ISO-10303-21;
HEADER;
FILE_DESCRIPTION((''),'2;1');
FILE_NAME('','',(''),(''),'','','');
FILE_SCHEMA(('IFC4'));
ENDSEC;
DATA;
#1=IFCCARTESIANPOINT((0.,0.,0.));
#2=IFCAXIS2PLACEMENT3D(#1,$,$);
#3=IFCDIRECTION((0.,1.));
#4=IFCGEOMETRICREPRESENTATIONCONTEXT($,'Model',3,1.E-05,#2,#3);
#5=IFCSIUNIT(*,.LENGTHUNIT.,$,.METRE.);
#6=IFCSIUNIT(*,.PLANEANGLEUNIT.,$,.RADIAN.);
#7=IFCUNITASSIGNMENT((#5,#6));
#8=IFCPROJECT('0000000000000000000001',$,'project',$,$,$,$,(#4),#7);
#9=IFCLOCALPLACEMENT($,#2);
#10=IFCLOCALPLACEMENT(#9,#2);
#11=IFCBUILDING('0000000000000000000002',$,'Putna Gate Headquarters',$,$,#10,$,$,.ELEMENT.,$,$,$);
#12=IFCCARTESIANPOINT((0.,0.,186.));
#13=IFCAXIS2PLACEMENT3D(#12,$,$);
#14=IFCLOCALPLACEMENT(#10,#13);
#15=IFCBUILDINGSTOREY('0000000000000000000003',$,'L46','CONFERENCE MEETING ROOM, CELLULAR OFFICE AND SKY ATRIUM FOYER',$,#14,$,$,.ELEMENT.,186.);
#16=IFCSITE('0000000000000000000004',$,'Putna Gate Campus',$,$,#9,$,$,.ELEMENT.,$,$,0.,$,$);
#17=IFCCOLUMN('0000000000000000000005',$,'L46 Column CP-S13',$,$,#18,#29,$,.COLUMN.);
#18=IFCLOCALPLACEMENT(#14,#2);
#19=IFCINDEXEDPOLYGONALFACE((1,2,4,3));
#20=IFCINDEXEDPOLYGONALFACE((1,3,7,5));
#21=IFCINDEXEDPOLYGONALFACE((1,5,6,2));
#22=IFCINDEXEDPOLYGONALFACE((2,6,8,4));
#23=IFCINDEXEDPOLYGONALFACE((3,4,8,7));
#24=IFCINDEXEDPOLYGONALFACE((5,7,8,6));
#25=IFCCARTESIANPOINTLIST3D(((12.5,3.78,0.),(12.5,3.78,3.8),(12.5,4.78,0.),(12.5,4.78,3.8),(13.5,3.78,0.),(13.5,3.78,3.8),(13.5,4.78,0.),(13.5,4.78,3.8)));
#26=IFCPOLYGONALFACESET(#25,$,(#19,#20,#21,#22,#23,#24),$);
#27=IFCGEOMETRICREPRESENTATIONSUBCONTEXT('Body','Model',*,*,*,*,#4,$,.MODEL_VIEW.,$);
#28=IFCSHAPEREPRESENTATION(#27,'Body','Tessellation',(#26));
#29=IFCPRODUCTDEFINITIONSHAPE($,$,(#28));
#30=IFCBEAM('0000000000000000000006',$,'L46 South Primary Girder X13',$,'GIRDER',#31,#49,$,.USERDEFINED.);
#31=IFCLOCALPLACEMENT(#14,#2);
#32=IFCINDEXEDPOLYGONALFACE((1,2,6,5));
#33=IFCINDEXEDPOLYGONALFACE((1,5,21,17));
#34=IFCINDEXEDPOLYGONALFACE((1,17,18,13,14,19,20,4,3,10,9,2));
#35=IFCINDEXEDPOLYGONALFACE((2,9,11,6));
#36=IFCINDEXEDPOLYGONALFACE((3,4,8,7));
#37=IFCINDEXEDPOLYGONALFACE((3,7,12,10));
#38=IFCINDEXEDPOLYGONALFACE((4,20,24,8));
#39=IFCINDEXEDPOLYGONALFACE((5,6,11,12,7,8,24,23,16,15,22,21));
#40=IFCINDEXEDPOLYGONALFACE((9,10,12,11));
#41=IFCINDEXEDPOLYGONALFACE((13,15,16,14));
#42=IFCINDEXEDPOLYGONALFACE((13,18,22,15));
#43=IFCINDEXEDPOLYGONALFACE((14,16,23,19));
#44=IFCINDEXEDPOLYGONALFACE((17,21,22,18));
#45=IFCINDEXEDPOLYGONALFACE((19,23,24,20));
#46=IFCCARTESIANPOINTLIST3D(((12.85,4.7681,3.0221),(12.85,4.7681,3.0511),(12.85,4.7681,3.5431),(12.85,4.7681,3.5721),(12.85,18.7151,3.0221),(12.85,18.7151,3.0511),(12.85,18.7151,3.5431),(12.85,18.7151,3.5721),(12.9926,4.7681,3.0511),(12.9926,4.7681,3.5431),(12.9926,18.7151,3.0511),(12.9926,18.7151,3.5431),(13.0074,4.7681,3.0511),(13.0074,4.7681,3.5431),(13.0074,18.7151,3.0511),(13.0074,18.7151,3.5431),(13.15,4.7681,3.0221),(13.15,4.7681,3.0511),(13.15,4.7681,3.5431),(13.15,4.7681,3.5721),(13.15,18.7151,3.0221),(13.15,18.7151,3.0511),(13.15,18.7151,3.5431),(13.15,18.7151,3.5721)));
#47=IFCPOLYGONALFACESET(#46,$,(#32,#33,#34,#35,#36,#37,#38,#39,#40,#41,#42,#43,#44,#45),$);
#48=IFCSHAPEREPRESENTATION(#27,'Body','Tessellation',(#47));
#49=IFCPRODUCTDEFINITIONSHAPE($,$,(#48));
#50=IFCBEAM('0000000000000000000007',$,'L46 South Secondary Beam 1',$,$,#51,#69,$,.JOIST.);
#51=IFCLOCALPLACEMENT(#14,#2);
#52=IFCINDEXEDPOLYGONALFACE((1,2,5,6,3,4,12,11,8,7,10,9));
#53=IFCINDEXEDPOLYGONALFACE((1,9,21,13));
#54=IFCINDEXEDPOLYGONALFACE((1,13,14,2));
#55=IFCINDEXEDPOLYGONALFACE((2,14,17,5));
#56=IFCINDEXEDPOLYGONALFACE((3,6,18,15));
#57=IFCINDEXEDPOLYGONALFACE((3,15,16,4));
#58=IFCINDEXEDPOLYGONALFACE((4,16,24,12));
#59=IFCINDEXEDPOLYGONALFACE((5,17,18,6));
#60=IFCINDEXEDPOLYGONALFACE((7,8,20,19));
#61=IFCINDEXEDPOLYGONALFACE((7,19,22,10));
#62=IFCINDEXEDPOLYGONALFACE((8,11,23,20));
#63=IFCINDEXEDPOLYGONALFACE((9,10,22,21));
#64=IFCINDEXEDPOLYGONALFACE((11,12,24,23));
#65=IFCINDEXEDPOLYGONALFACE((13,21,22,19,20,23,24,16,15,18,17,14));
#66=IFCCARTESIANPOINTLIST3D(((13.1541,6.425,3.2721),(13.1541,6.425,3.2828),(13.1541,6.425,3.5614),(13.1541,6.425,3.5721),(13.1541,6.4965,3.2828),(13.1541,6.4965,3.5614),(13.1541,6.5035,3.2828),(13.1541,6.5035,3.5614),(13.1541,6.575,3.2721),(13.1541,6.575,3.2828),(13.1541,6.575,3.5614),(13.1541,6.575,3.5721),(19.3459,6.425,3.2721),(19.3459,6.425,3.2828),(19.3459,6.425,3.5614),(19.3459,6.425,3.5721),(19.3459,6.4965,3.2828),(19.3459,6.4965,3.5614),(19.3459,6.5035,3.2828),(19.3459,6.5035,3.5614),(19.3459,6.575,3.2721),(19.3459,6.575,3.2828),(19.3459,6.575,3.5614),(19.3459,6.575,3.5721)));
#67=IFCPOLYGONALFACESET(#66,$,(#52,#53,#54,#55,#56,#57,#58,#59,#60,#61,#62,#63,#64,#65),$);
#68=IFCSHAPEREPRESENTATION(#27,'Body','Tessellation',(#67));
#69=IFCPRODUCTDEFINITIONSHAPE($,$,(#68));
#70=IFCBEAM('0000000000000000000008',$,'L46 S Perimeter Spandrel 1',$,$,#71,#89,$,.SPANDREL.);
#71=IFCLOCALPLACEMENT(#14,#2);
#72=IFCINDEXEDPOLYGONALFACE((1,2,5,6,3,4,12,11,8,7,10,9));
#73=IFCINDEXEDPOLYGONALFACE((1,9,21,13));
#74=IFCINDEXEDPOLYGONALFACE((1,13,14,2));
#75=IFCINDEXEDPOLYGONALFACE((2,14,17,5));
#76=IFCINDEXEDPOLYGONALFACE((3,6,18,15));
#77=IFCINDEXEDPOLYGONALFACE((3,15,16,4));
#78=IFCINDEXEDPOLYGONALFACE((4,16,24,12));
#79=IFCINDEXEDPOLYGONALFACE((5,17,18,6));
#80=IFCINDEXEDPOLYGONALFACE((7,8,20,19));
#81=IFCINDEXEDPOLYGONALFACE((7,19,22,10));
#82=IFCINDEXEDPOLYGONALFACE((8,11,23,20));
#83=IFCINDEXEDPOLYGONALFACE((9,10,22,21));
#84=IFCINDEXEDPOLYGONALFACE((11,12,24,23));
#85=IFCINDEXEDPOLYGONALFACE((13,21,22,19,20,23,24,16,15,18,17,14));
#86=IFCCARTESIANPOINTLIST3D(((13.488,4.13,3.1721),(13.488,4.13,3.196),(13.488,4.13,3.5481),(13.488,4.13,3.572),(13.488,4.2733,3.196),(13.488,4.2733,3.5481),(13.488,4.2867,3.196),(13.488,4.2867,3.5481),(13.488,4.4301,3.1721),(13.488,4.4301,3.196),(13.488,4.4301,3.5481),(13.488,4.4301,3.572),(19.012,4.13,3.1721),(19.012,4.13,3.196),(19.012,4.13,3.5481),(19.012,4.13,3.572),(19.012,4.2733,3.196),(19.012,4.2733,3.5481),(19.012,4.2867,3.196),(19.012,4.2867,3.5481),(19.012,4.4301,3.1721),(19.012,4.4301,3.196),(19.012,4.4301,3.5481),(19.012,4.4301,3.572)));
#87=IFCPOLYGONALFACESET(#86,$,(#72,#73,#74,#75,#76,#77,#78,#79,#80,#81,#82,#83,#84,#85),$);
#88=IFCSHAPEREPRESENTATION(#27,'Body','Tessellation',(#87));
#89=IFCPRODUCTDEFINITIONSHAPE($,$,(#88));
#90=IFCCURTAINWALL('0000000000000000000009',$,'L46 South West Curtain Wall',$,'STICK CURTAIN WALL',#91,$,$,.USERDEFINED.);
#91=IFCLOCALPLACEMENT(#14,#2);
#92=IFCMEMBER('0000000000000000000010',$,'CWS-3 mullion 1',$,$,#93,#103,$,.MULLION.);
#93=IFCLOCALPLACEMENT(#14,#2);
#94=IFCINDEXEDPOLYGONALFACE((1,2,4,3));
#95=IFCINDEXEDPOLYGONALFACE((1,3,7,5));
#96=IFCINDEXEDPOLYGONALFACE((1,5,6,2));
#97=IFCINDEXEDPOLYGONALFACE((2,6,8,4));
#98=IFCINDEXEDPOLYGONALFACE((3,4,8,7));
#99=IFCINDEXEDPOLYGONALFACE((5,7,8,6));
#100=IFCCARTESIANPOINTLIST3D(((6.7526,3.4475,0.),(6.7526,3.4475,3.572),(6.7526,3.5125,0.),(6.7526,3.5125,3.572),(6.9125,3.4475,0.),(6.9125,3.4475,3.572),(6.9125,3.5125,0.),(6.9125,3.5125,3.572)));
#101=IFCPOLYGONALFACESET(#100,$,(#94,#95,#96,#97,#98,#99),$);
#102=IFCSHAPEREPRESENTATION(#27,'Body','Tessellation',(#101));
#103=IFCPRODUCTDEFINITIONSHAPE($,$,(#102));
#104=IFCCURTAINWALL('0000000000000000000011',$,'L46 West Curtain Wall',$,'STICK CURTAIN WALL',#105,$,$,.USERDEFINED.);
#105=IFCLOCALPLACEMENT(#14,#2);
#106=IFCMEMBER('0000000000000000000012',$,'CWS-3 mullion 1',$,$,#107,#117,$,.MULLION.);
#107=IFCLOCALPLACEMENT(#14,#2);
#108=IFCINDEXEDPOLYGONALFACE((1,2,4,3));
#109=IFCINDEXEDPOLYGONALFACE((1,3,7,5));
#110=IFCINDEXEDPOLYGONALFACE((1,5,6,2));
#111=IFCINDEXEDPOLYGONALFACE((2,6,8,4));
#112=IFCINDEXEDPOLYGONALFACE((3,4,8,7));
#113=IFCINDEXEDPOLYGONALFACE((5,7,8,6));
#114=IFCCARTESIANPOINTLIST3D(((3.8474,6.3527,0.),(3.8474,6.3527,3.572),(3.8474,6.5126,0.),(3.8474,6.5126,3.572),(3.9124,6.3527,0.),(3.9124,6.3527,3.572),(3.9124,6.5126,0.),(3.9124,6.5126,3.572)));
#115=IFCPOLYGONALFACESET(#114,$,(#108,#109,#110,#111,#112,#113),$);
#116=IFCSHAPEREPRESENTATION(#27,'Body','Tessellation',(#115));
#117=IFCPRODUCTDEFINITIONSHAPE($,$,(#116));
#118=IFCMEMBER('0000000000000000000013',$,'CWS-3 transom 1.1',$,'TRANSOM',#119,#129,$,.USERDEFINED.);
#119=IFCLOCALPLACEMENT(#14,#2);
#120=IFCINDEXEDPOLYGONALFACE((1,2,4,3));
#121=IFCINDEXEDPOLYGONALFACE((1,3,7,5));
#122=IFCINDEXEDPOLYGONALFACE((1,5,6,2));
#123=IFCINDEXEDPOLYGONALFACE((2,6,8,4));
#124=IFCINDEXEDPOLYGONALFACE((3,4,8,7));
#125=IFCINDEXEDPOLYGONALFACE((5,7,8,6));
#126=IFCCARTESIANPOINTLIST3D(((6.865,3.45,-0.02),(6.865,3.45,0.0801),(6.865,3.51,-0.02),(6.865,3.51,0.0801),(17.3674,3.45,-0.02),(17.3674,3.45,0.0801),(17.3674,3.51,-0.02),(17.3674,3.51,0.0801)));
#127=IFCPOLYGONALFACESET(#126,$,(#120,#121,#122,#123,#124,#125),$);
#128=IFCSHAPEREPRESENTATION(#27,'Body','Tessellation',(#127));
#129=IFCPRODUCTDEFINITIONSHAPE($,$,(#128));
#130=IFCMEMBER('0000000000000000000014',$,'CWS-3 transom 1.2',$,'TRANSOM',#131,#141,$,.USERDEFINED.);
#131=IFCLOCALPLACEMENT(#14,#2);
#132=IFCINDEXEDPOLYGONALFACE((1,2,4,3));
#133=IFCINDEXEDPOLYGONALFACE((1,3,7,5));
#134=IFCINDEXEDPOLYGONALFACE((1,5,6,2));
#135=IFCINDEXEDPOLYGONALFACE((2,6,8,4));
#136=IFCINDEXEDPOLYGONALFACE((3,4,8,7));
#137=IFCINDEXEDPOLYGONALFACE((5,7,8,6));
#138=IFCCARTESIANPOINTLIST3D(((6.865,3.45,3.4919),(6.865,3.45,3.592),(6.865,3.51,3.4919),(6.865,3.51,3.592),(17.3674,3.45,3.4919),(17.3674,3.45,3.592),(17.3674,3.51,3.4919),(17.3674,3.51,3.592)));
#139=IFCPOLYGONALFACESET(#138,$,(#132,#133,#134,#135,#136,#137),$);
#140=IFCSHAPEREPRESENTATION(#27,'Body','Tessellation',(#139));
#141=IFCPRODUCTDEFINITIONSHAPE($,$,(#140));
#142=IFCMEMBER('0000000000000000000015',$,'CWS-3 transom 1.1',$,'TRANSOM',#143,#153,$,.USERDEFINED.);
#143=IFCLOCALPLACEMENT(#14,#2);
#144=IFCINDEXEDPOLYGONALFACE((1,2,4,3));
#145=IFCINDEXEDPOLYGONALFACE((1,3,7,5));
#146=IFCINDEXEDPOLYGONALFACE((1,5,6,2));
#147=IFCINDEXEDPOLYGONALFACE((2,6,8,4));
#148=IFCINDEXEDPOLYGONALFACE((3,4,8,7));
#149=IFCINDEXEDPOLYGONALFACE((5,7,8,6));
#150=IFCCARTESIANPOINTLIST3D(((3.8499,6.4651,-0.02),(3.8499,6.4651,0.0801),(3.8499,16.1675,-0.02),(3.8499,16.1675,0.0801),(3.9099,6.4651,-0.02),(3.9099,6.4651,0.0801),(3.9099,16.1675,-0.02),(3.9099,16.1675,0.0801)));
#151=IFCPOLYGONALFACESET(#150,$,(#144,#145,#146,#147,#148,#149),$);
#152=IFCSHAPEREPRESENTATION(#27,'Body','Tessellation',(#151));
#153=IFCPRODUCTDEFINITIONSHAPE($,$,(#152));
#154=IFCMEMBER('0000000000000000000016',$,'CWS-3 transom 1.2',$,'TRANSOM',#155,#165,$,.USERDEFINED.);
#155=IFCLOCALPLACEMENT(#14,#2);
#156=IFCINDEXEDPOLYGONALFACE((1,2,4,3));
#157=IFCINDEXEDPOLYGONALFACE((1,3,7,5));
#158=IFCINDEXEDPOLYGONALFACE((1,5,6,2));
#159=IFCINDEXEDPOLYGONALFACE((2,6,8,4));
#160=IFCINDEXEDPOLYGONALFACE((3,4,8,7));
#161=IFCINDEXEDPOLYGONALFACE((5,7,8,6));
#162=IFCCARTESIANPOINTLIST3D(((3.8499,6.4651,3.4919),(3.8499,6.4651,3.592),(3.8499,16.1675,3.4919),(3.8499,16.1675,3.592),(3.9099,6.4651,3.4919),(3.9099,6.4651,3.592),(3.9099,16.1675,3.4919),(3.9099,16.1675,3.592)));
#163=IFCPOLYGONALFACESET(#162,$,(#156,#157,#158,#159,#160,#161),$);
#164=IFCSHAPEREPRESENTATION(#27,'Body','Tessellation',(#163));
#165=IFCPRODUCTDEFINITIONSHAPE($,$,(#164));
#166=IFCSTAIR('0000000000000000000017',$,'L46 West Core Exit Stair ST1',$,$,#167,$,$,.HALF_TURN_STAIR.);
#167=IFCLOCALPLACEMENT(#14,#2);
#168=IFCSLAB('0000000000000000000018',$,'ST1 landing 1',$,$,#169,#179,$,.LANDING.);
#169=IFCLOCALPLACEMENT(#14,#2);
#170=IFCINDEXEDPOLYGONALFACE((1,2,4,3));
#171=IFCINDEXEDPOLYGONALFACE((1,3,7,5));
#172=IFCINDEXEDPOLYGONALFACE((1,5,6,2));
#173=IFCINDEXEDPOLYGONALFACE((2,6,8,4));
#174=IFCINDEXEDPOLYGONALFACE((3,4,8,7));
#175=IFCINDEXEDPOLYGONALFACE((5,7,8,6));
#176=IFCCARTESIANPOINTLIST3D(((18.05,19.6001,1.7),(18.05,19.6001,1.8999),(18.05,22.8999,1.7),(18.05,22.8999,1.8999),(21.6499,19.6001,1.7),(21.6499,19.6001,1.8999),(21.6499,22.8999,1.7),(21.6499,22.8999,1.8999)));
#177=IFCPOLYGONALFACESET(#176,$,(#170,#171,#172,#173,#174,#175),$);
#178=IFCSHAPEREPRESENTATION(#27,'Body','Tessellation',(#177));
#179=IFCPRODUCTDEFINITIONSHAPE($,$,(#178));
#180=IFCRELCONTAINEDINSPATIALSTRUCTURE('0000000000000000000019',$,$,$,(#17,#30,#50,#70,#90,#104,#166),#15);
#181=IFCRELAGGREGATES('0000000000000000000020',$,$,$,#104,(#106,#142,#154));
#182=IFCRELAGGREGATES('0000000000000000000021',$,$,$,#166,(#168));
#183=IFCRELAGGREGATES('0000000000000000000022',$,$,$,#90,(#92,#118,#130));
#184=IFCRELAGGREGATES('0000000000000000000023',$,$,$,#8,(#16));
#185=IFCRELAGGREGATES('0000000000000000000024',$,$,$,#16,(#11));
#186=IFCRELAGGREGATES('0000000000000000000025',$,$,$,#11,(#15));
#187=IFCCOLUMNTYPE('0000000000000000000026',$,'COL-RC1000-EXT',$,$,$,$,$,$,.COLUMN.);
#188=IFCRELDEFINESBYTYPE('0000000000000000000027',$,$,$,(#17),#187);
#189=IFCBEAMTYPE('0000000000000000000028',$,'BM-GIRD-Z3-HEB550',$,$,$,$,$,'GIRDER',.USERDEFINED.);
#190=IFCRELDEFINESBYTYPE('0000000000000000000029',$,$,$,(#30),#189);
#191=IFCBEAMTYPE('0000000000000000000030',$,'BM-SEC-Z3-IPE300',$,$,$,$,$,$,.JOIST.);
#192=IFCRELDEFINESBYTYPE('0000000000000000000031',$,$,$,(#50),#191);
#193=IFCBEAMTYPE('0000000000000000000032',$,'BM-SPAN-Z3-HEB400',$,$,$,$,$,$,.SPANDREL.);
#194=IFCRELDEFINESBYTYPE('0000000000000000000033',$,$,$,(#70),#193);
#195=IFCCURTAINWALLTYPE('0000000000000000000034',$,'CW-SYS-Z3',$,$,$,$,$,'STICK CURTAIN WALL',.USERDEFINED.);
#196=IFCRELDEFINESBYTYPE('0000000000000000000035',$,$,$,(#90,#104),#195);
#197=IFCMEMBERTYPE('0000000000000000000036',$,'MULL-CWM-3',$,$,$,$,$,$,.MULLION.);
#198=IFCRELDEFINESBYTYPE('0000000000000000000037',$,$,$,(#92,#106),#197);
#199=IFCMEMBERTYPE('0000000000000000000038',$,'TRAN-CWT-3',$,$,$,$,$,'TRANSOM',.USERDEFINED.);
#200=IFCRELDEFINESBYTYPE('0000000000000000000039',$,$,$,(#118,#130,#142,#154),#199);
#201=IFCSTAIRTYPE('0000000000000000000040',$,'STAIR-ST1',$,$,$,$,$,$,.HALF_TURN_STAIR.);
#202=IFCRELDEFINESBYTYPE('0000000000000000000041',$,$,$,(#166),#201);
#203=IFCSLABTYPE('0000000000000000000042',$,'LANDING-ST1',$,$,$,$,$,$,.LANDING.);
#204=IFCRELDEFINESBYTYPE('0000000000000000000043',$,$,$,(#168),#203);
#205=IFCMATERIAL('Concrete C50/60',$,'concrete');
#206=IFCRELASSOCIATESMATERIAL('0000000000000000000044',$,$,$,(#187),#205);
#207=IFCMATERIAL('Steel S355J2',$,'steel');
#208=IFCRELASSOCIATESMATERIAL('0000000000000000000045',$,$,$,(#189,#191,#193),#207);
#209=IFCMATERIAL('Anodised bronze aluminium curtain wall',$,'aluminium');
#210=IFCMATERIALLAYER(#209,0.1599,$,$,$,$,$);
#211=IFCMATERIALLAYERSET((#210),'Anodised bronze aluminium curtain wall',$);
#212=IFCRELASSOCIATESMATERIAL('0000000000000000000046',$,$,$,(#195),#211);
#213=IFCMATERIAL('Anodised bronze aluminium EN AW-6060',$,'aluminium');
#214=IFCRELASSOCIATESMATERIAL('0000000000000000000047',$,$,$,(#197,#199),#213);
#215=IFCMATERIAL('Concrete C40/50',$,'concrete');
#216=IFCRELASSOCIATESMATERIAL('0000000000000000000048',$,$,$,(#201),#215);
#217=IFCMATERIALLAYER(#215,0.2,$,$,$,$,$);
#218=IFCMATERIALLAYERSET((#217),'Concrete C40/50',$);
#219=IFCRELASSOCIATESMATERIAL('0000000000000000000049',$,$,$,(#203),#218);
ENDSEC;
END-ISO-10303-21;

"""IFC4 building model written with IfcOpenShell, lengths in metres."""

from ifc_helpers import new_model, si_unit, direction, frame, origin, origin_2d, place, context, subcontext, project, spatial, polyline, rectangle, i_section, outline, extrude, material, layer, layer_set, material_profile, profile_set, type_object, element, aggregate, save


model = new_model("IFC4")

# Units and contexts
model_context = context("Model", 3, precision=1e-05, world=origin(), true_north=direction((0.0, 1.0)))
body_context = subcontext(model_context, "Body", "Model", "MODEL_VIEW")
ifc_project = project(units=[si_unit("LENGTHUNIT", "METRE"), si_unit("PLANEANGLEUNIT", "RADIAN")], contexts=[model_context])

# Site, building, storey
site_placement = place(None, origin())
site = spatial("IfcSite", under=ifc_project, at=site_placement, Name="Putna Gate Campus", CompositionType="ELEMENT", RefElevation=0.0)
building_placement = place(site_placement, origin())
building = spatial("IfcBuilding", under=site, at=building_placement, Name="Putna Gate Headquarters", CompositionType="ELEMENT")
storey_placement = place(building_placement, frame((0.0, 0.0, 186.0)))
storey = spatial("IfcBuildingStorey", under=building, at=storey_placement, Name="L46", Description="CONFERENCE MEETING ROOM, CELLULAR OFFICE AND SKY ATRIUM FOYER", CompositionType="ELEMENT", Elevation=186.0)

# Column
ifc_material_1 = material(Name="Concrete C50/60", Category="concrete")
ifc_material_profile_1 = material_profile(ifc_material_1, rectangle(XDim=1.0, YDim=1.0, at=origin_2d()), Name="Concrete C50/60")
ifc_profile_set_1 = profile_set([ifc_material_profile_1], Name="Concrete C50/60")
column_type = type_object("IfcColumnType", Name="COL-RC1000-EXT", PredefinedType="COLUMN", material=ifc_profile_set_1)
column_placement = place(storey_placement, frame((13.0, 4.28, 0.0), z_axis=(0.0, 0.0, 1.0), x_axis=(1.0, 0.0, 0.0)))
element("IfcColumn", 1, at=column_placement, inside=storey, type_object=column_type, Name="L46 Column CP-S13", PredefinedType="COLUMN", context=body_context, shape_type="SweptSolid", body=[
    extrude(rectangle(XDim=1.0, YDim=1.0, at=origin_2d()), origin(), (0.0, 0.0, 1.0), 3.8),
])

# Beams
ifc_material_2 = material(Name="Steel S355J2", Category="steel")
ifc_material_profile_2 = material_profile(ifc_material_2, i_section(OverallWidth=0.3, OverallDepth=0.55, WebThickness=0.0149, FlangeThickness=0.0291, at=origin_2d()), Name="Steel S355J2")
ifc_profile_set_2 = profile_set([ifc_material_profile_2], Name="Steel S355J2")
beam_type_1 = type_object("IfcBeamType", Name="BM-GIRD-Z3-HEB550", ElementType="GIRDER", PredefinedType="USERDEFINED", material=ifc_profile_set_2)
beam_1_placement = place(storey_placement, frame((13.0, 4.7681, 3.2971), z_axis=(0.0, 1.0, 0.0), x_axis=(-1.0, 0.0, 0.0)))
element("IfcBeam", 2, at=beam_1_placement, inside=storey, type_object=beam_type_1, Name="L46 South Primary Girder X13", ObjectType="GIRDER", PredefinedType="USERDEFINED", context=body_context, shape_type="SweptSolid", body=[
    extrude(i_section(OverallWidth=0.3, OverallDepth=0.55, WebThickness=0.0149, FlangeThickness=0.0291, at=origin_2d()), origin(), (0.0, 0.0, 1.0), 13.947),
])
ifc_material_profile_3 = material_profile(ifc_material_2, i_section(OverallWidth=0.1499, OverallDepth=0.3, WebThickness=0.0071, FlangeThickness=0.0107, at=origin_2d()), Name="Steel S355J2")
ifc_profile_set_3 = profile_set([ifc_material_profile_3], Name="Steel S355J2")
beam_type_2 = type_object("IfcBeamType", Name="BM-SEC-Z3-IPE300", PredefinedType="JOIST", material=ifc_profile_set_3)
beam_2_placement = place(storey_placement, frame((13.1541, 6.5, 3.4221), z_axis=(1.0, 0.0, 0.0), x_axis=(0.0, 1.0, 0.0)))
element("IfcBeam", 3, at=beam_2_placement, inside=storey, type_object=beam_type_2, Name="L46 South Secondary Beam 1", PredefinedType="JOIST", context=body_context, shape_type="SweptSolid", body=[
    extrude(i_section(OverallWidth=0.1499, OverallDepth=0.3, WebThickness=0.0071, FlangeThickness=0.0107, at=origin_2d()), origin(), (0.0, 0.0, 1.0), 6.1919),
])
ifc_material_profile_4 = material_profile(ifc_material_2, i_section(OverallWidth=0.3, OverallDepth=0.3999, WebThickness=0.0134, FlangeThickness=0.0239, at=origin_2d()), Name="Steel S355J2")
ifc_profile_set_4 = profile_set([ifc_material_profile_4], Name="Steel S355J2")
beam_type_3 = type_object("IfcBeamType", Name="BM-SPAN-Z3-HEB400", PredefinedType="SPANDREL", material=ifc_profile_set_4)
beam_3_placement = place(storey_placement, frame((13.488, 4.28, 3.3721), z_axis=(1.0, 0.0, 0.0), x_axis=(0.0, 1.0, 0.0)))
element("IfcBeam", 4, at=beam_3_placement, inside=storey, type_object=beam_type_3, Name="L46 S Perimeter Spandrel 1", PredefinedType="SPANDREL", context=body_context, shape_type="SweptSolid", body=[
    extrude(i_section(OverallWidth=0.3, OverallDepth=0.3999, WebThickness=0.0134, FlangeThickness=0.0239, at=origin_2d()), origin(), (0.0, 0.0, 1.0), 5.5239),
])

# Curtain walls, members
ifc_material_3 = material(Name="Anodised bronze aluminium curtain wall", Category="aluminium")
ifc_layer_1 = layer(ifc_material_3, 0.1599)
ifc_layer_set_1 = layer_set([ifc_layer_1], Name="Anodised bronze aluminium curtain wall")
curtain_wall_type = type_object("IfcCurtainWallType", Name="CW-SYS-Z3", ElementType="STICK CURTAIN WALL", PredefinedType="USERDEFINED", material=ifc_layer_set_1)
curtain_wall_1_placement = place(storey_placement, origin())
curtain_wall_1 = element("IfcCurtainWall", 5, at=curtain_wall_1_placement, inside=storey, type_object=curtain_wall_type, Name="L46 South West Curtain Wall", ObjectType="STICK CURTAIN WALL", PredefinedType="USERDEFINED")
ifc_material_4 = material(Name="Anodised bronze aluminium EN AW-6060", Category="aluminium")
ifc_material_profile_5 = material_profile(ifc_material_4, rectangle(XDim=0.0649, YDim=0.1599, at=origin_2d()), Name="Anodised bronze aluminium EN AW-6060")
ifc_profile_set_5 = profile_set([ifc_material_profile_5], Name="Anodised bronze aluminium EN AW-6060")
member_type_1 = type_object("IfcMemberType", Name="MULL-CWM-3", PredefinedType="MULLION", material=ifc_profile_set_5)
member_1_placement = place(storey_placement, frame((6.8325, 3.48, 0.0), z_axis=(0.0, 0.0, 1.0), x_axis=(0.0, 1.0, 0.0)))
member_1 = element("IfcMember", 6, at=member_1_placement, type_object=member_type_1, Name="CWS-3 mullion 1", PredefinedType="MULLION", context=body_context, shape_type="SweptSolid", body=[
    extrude(rectangle(XDim=0.0649, YDim=0.1599, at=origin_2d()), origin(), (0.0, 0.0, 1.0), 3.572),
])
curtain_wall_2_placement = place(storey_placement, origin())
curtain_wall_2 = element("IfcCurtainWall", 7, at=curtain_wall_2_placement, inside=storey, type_object=curtain_wall_type, Name="L46 West Curtain Wall", ObjectType="STICK CURTAIN WALL", PredefinedType="USERDEFINED")
member_2_placement = place(storey_placement, frame((3.8799, 6.4326, 0.0), z_axis=(0.0, 0.0, 1.0), x_axis=(-1.0, 0.0, 0.0)))
member_2 = element("IfcMember", 8, at=member_2_placement, type_object=member_type_1, Name="CWS-3 mullion 1", PredefinedType="MULLION", context=body_context, shape_type="SweptSolid", body=[
    extrude(rectangle(XDim=0.0649, YDim=0.1599, at=origin_2d()), origin(), (0.0, 0.0, 1.0), 3.572),
])

# Members
ifc_material_profile_6 = material_profile(ifc_material_4, rectangle(XDim=0.0601, YDim=0.1001, at=origin_2d()), Name="Anodised bronze aluminium EN AW-6060")
ifc_profile_set_6 = profile_set([ifc_material_profile_6], Name="Anodised bronze aluminium EN AW-6060")
member_type_2 = type_object("IfcMemberType", Name="TRAN-CWT-3", ElementType="TRANSOM", PredefinedType="USERDEFINED", material=ifc_profile_set_6)
member_3_placement = place(storey_placement, frame((6.865, 3.48, 0.03), z_axis=(1.0, 0.0, 0.0), x_axis=(0.0, 1.0, 0.0)))
member_3 = element("IfcMember", 9, at=member_3_placement, type_object=member_type_2, Name="CWS-3 transom 1.1", ObjectType="TRANSOM", PredefinedType="USERDEFINED", context=body_context, shape_type="SweptSolid", body=[
    extrude(rectangle(XDim=0.0601, YDim=0.1001, at=origin_2d()), origin(), (0.0, 0.0, 1.0), 10.5024),
])
member_4_placement = place(storey_placement, frame((6.865, 3.48, 3.542), z_axis=(1.0, 0.0, 0.0), x_axis=(0.0, 1.0, 0.0)))
member_4 = element("IfcMember", 10, at=member_4_placement, type_object=member_type_2, Name="CWS-3 transom 1.2", ObjectType="TRANSOM", PredefinedType="USERDEFINED", context=body_context, shape_type="SweptSolid", body=[
    extrude(rectangle(XDim=0.0601, YDim=0.1001, at=origin_2d()), origin(), (0.0, 0.0, 1.0), 10.5024),
])
member_5_placement = place(storey_placement, frame((3.8799, 6.4651, 0.03), z_axis=(0.0, 1.0, 0.0), x_axis=(-1.0, 0.0, 0.0)))
member_5 = element("IfcMember", 11, at=member_5_placement, type_object=member_type_2, Name="CWS-3 transom 1.1", ObjectType="TRANSOM", PredefinedType="USERDEFINED", context=body_context, shape_type="SweptSolid", body=[
    extrude(rectangle(XDim=0.0601, YDim=0.1001, at=origin_2d()), origin(), (0.0, 0.0, 1.0), 9.7024),
])
member_6_placement = place(storey_placement, frame((3.8799, 6.4651, 3.542), z_axis=(0.0, 1.0, 0.0), x_axis=(-1.0, 0.0, 0.0)))
member_6 = element("IfcMember", 12, at=member_6_placement, type_object=member_type_2, Name="CWS-3 transom 1.2", ObjectType="TRANSOM", PredefinedType="USERDEFINED", context=body_context, shape_type="SweptSolid", body=[
    extrude(rectangle(XDim=0.0601, YDim=0.1001, at=origin_2d()), origin(), (0.0, 0.0, 1.0), 9.7024),
])
aggregate(curtain_wall_2, [member_2, member_5, member_6])

# Stair, slab
ifc_material_5 = material(Name="Concrete C40/50", Category="concrete")
stair_type_1 = type_object("IfcStairType", Name="STAIR-ST1", PredefinedType="HALF_TURN_STAIR", material=ifc_material_5)
stair_1_placement = place(storey_placement, origin())
stair_1 = element("IfcStair", 13, at=stair_1_placement, inside=storey, type_object=stair_type_1, Name="L46 West Core Exit Stair ST1", PredefinedType="HALF_TURN_STAIR")
ifc_layer_2 = layer(ifc_material_5, 0.2)
ifc_layer_set_2 = layer_set([ifc_layer_2], Name="Concrete C40/50")
slab_type_1 = type_object("IfcSlabType", Name="LANDING-ST1", PredefinedType="LANDING", material=ifc_layer_set_2)
slab_1_placement = place(storey_placement, frame((0.0, 0.0, 1.7)))
slab_1 = element("IfcSlab", 14, at=slab_1_placement, type_object=slab_type_1, Name="ST1 landing 1", PredefinedType="LANDING", context=body_context, shape_type="SweptSolid", body=[
    extrude(outline(polyline([(18.05, 19.6001), (21.6499, 19.6001), (21.6499, 22.8999), (18.05, 22.8999), (18.05, 19.6001)])), origin(), (0.0, 0.0, 1.0), 0.2),
])
aggregate(stair_1, [slab_1])

aggregate(curtain_wall_1, [member_1, member_3, member_4])

save(model, "model.ifc")
